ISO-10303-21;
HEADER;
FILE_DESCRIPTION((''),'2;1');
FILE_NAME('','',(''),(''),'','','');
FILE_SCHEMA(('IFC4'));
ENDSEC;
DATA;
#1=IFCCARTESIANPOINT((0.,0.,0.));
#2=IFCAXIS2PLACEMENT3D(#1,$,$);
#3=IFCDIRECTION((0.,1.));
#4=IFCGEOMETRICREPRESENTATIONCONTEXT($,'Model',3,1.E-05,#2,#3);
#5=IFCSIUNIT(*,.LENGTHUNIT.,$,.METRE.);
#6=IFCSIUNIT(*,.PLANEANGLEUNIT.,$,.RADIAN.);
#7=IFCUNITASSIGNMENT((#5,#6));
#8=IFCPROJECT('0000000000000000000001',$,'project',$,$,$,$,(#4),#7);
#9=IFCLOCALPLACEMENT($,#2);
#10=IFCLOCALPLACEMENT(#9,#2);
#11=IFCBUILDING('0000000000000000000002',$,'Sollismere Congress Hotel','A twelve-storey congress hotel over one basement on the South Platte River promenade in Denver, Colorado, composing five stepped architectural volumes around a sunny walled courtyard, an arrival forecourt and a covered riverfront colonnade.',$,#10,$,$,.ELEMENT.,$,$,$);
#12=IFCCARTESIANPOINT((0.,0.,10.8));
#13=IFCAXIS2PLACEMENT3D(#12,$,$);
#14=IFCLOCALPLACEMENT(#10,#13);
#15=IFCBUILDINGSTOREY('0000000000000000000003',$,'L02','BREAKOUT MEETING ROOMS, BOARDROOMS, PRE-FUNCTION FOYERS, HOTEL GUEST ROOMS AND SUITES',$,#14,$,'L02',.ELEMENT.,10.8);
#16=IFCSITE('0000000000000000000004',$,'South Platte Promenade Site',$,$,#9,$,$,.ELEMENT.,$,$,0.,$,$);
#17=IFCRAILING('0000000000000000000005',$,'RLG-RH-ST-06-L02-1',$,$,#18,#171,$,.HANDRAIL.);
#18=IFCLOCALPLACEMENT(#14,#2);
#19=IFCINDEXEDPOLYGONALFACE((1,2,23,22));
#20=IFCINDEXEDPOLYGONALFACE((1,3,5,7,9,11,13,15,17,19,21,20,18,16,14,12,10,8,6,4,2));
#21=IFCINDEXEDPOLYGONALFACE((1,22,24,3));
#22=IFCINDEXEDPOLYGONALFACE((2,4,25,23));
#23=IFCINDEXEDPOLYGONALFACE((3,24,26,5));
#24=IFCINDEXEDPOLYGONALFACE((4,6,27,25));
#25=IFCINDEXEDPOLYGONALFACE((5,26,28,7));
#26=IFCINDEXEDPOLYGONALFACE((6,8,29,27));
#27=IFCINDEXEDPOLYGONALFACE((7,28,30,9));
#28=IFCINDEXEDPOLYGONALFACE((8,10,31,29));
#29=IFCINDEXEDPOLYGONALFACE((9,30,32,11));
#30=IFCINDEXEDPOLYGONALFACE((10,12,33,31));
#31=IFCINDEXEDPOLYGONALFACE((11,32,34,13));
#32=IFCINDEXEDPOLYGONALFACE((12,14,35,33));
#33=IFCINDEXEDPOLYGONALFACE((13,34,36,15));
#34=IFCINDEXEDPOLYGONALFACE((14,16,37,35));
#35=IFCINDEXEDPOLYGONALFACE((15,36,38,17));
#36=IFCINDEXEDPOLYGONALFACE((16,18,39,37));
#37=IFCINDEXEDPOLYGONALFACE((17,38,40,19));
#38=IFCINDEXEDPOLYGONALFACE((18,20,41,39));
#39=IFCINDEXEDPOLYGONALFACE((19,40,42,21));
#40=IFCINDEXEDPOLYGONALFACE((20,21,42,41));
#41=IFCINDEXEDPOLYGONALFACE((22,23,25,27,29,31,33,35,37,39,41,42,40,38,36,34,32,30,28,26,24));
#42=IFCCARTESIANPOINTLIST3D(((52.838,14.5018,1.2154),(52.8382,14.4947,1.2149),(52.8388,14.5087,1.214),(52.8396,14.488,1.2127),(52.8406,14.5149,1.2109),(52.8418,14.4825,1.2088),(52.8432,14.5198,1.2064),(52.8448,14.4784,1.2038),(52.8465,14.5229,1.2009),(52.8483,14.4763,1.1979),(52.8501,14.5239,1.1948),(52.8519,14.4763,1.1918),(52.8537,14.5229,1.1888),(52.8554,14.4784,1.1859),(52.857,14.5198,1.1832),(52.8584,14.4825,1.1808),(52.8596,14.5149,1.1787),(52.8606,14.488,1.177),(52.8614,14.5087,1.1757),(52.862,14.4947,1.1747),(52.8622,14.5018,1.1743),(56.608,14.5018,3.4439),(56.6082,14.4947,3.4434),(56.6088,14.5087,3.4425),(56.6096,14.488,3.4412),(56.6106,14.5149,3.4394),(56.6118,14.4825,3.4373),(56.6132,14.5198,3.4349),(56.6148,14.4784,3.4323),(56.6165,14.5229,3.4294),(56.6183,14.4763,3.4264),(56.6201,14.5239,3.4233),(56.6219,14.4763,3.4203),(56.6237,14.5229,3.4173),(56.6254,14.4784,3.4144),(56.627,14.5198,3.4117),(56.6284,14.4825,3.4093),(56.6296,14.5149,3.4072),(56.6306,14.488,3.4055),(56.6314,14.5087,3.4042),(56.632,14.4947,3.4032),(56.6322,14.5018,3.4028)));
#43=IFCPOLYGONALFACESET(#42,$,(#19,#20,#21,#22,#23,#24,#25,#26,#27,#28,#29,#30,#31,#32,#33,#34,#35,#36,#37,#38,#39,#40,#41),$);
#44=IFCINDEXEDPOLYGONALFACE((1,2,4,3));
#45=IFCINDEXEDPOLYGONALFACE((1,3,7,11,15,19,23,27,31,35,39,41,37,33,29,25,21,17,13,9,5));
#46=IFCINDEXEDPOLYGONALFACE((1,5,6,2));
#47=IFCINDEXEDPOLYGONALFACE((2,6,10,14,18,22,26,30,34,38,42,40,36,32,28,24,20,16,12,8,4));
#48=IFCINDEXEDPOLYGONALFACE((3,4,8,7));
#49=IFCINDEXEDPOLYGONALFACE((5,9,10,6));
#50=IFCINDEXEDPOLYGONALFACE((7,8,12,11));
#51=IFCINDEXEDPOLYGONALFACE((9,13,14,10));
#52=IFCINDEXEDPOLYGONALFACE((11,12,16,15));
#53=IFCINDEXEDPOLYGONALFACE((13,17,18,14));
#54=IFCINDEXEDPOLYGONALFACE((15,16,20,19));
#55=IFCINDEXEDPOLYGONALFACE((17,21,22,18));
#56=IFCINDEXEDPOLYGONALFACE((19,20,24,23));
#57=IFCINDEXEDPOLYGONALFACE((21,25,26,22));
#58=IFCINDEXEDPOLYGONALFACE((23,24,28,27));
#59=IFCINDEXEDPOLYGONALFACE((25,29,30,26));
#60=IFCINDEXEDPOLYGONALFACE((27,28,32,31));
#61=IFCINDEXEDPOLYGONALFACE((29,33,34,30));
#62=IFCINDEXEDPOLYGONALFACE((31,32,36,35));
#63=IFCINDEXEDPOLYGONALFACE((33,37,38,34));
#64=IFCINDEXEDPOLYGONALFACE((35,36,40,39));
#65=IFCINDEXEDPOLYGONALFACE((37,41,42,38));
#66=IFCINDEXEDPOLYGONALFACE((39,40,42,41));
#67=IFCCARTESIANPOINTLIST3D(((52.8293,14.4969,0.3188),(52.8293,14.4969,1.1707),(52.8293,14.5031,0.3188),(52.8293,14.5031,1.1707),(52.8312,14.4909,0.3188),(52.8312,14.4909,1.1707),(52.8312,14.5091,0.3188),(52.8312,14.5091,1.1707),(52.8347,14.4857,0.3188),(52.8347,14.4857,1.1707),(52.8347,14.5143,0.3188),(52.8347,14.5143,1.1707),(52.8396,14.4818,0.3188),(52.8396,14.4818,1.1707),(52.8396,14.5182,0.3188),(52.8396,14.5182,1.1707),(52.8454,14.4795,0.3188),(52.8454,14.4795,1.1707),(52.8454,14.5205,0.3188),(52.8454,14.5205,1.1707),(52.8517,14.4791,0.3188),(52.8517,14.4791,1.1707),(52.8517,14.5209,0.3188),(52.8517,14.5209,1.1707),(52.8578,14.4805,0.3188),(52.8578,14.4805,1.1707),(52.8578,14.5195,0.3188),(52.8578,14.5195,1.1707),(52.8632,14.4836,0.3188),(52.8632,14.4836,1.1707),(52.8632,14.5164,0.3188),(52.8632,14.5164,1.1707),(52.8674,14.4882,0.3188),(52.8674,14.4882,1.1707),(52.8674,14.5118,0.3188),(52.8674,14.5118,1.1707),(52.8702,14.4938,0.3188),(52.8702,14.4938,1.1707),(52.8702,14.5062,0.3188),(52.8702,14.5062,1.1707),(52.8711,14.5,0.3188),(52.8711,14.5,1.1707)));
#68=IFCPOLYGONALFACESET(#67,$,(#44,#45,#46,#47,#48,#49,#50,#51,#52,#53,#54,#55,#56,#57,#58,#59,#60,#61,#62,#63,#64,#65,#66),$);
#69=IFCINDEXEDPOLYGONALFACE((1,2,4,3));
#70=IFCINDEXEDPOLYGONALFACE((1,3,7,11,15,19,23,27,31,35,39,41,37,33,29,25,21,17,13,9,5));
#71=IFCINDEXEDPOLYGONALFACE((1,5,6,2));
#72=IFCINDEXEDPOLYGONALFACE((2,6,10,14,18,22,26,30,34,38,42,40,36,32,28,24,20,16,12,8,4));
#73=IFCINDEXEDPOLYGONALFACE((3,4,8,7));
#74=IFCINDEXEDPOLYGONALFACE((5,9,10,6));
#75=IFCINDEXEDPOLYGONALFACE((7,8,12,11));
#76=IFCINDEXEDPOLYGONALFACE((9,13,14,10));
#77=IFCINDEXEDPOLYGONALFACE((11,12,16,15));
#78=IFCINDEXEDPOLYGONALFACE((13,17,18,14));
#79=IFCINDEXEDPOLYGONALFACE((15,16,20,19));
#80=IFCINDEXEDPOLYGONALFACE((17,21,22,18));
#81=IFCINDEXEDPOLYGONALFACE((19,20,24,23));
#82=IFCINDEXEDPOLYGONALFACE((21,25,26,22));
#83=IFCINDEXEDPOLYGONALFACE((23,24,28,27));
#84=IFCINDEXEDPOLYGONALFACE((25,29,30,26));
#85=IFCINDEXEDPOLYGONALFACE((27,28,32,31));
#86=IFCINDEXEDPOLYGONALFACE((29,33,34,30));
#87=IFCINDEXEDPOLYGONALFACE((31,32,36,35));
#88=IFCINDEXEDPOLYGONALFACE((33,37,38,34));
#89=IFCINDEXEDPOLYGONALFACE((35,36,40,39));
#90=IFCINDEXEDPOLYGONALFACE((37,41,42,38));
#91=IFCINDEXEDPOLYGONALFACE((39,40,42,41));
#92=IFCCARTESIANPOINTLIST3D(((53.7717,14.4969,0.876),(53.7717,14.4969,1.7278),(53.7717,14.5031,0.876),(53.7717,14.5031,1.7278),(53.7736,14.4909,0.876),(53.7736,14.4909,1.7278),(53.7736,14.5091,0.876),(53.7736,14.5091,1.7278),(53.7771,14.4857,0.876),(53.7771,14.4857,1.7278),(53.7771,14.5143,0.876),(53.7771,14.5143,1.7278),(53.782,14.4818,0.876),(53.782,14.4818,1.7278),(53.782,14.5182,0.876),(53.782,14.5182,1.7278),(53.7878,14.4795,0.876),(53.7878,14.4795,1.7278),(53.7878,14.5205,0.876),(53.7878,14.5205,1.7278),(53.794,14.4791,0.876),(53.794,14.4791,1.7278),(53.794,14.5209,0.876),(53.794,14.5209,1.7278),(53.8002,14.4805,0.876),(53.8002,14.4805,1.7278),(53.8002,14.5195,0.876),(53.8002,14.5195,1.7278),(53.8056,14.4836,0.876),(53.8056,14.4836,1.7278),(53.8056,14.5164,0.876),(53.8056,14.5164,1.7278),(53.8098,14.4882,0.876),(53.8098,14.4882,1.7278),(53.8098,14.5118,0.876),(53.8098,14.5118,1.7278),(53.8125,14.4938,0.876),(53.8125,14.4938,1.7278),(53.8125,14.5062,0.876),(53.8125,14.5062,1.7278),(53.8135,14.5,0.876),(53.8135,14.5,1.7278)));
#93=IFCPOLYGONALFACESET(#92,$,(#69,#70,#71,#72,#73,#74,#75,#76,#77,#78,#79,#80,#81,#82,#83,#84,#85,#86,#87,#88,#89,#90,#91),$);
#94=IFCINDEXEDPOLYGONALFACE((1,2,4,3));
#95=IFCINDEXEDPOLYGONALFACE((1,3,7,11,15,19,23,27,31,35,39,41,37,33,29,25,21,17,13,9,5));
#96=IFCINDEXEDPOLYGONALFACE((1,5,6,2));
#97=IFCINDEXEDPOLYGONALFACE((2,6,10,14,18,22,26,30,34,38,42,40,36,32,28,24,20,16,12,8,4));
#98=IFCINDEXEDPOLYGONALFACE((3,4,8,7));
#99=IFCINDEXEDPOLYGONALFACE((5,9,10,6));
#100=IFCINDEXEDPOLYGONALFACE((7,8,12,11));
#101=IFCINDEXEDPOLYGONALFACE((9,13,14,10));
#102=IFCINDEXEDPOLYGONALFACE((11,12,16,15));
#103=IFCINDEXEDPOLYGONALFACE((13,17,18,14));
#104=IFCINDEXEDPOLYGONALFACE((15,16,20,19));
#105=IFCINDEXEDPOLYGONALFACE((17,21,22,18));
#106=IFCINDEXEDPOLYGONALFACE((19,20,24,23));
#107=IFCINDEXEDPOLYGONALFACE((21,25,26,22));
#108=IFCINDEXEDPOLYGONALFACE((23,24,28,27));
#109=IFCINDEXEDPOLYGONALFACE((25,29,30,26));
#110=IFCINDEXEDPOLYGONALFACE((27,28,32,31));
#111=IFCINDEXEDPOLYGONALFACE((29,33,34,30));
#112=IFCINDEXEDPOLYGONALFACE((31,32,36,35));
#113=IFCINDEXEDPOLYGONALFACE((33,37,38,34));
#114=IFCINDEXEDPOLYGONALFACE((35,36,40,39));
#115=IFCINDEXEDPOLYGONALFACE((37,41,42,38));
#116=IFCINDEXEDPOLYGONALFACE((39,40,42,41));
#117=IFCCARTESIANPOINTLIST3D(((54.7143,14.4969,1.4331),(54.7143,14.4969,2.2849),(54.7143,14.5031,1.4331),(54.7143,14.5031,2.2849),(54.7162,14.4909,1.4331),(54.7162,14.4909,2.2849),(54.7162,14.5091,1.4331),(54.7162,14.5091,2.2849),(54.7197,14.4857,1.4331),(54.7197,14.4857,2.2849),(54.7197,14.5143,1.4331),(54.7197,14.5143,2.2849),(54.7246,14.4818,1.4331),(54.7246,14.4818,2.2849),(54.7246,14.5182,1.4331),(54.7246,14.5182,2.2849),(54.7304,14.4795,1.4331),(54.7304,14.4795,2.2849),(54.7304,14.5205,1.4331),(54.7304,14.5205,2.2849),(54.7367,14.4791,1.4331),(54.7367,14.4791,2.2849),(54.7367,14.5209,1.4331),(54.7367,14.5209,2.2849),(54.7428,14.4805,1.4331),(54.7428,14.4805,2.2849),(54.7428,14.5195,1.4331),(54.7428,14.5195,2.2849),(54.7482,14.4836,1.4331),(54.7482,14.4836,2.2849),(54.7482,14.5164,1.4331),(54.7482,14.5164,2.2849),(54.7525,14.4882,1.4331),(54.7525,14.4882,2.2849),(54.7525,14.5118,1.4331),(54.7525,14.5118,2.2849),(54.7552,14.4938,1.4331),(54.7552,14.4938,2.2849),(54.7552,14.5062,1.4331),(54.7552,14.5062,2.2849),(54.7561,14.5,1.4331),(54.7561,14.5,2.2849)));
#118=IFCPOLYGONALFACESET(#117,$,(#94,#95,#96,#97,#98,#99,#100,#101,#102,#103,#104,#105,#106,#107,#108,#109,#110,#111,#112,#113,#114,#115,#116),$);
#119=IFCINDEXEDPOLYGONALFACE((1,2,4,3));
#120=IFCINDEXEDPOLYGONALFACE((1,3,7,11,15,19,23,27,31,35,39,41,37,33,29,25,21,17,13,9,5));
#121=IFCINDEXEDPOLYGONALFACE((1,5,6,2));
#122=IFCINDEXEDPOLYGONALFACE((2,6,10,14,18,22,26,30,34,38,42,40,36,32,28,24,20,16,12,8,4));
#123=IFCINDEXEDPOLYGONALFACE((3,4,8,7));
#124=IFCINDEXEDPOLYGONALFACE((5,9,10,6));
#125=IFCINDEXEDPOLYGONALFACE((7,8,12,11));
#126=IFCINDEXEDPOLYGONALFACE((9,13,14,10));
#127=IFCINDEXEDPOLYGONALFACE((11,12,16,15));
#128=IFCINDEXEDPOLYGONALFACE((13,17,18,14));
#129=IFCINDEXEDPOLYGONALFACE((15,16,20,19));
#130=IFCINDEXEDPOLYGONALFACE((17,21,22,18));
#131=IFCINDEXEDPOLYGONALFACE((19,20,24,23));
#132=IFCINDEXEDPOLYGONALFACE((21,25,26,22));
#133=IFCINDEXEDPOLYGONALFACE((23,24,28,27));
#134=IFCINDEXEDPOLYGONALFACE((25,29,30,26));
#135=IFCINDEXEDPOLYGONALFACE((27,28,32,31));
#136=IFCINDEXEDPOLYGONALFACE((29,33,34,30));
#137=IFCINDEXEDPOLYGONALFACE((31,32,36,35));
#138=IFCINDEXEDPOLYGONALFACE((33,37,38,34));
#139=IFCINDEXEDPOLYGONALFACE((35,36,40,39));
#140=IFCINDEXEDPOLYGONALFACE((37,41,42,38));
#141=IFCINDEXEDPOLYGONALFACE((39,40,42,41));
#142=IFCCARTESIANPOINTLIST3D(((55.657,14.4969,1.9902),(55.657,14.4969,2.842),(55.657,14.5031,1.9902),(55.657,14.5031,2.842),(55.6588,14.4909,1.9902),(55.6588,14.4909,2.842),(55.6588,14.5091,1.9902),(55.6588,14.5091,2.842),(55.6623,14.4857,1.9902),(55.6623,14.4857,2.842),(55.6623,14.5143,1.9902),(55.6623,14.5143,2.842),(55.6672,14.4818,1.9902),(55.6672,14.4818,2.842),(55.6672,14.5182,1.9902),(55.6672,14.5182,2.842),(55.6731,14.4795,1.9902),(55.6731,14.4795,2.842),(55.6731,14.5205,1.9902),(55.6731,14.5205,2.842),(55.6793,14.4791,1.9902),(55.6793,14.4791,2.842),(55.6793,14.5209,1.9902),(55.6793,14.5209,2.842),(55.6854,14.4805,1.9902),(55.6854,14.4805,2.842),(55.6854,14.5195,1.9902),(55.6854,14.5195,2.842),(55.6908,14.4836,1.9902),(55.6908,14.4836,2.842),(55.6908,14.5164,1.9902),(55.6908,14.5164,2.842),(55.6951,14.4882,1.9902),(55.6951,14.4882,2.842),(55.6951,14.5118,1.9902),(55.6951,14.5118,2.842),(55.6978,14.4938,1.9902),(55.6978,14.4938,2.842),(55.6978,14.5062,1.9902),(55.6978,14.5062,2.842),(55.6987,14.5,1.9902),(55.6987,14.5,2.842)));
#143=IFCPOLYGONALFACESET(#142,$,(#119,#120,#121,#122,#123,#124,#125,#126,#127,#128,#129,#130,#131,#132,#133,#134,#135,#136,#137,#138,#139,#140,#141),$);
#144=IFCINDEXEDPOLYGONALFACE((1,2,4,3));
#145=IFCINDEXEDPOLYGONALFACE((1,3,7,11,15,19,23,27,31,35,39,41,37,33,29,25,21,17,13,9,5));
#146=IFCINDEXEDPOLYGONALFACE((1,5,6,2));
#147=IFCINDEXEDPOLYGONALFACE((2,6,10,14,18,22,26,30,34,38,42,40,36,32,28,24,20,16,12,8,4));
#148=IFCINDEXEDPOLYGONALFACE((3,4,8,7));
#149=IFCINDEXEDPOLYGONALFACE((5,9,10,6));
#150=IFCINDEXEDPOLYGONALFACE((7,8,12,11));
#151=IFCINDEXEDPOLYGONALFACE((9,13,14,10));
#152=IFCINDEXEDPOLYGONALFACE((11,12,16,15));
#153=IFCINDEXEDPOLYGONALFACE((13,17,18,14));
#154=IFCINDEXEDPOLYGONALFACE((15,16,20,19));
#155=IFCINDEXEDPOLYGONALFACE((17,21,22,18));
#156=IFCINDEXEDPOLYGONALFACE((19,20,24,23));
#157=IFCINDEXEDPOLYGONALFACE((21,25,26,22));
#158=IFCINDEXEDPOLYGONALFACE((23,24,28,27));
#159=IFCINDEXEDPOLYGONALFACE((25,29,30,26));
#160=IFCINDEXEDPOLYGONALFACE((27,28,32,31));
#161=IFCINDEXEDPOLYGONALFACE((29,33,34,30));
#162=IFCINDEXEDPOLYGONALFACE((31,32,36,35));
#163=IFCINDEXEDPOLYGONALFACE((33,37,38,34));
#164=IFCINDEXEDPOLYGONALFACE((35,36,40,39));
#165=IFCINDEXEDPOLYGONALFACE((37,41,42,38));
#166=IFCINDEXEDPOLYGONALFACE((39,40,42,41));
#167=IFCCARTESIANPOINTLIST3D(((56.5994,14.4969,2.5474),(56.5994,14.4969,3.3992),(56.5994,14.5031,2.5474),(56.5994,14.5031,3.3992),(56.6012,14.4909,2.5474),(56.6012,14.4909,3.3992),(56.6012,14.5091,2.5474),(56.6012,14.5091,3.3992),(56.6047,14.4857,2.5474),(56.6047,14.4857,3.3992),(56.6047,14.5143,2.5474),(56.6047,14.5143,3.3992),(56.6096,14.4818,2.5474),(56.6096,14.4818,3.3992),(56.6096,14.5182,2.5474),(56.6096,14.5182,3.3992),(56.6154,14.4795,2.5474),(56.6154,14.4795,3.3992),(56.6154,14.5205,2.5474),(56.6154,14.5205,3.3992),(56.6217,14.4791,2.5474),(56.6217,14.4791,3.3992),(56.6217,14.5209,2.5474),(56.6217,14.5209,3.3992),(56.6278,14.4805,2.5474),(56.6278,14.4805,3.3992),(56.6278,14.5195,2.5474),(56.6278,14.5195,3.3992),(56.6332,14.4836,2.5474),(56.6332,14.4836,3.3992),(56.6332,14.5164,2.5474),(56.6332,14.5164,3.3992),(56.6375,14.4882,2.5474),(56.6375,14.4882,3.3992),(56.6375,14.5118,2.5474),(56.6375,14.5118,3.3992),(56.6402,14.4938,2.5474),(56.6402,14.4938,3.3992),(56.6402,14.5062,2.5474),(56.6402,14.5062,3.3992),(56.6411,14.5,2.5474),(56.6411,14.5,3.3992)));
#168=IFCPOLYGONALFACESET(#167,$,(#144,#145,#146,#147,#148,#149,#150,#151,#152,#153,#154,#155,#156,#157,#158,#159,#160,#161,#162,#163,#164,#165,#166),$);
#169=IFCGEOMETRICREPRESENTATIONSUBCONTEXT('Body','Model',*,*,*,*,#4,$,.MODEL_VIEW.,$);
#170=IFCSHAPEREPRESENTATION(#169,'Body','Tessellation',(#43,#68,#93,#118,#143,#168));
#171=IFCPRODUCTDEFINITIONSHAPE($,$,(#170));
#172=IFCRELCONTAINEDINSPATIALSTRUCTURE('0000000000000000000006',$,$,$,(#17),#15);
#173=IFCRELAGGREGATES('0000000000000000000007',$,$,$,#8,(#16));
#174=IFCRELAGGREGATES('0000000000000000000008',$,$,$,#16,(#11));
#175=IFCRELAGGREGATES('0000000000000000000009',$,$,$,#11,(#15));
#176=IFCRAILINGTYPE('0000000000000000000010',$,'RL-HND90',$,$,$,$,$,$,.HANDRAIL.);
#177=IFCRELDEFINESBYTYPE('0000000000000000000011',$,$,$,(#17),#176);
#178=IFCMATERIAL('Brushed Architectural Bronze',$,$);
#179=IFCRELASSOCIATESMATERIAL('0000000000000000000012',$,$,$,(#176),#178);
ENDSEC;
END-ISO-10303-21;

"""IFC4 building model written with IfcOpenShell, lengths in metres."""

from ifc_helpers import new_model, si_unit, direction, frame, origin, origin_2d, place, context, subcontext, project, spatial, circle, extrude, material, type_object, element, save


model = new_model("IFC4")

# Units and contexts
model_context = context("Model", 3, precision=1e-05, world=origin(), true_north=direction((0.0, 1.0)))
body_context = subcontext(model_context, "Body", "Model", "MODEL_VIEW")
ifc_project = project(units=[si_unit("LENGTHUNIT", "METRE"), si_unit("PLANEANGLEUNIT", "RADIAN")], contexts=[model_context])

# Site, building, storey
site_placement = place(None, origin())
site = spatial("IfcSite", under=ifc_project, at=site_placement, Name="South Platte Promenade Site", CompositionType="ELEMENT", RefElevation=0.0)
building_placement = place(site_placement, origin())
building = spatial("IfcBuilding", under=site, at=building_placement, Name="Sollismere Congress Hotel", Description="A twelve-storey congress hotel over one basement on the South Platte River promenade in Denver, Colorado, composing five stepped architectural volumes around a sunny walled courtyard, an arrival forecourt and a covered riverfront colonnade.", CompositionType="ELEMENT")
storey_placement = place(building_placement, frame((0.0, 0.0, 10.8)))
storey = spatial("IfcBuildingStorey", under=building, at=storey_placement, Name="L02", Description="BREAKOUT MEETING ROOMS, BOARDROOMS, PRE-FUNCTION FOYERS, HOTEL GUEST ROOMS AND SUITES", LongName="L02", CompositionType="ELEMENT", Elevation=10.8)

# Railing
ifc_material_1 = material(Name="Brushed Architectural Bronze")
railing_type_1 = type_object("IfcRailingType", Name="RL-HND90", PredefinedType="HANDRAIL", material=ifc_material_1)
railing_1_placement = place(storey_placement, frame((52.8501, 14.5, 0.3188)))
element("IfcRailing", 1, at=railing_1_placement, inside=storey, type_object=railing_type_1, Name="RLG-RH-ST-06-L02-1", PredefinedType="HANDRAIL", context=body_context, shape_type="SweptSolid", body=[
    extrude(circle(Radius=0.0239, at=origin_2d()), frame((0.0, 0.0, 0.876), z_axis=(0.860849, 0.0, 0.508861), x_axis=(0.0, 1.0, 0.0)), (0.0, 0.0, 1.0), 4.3794),
    extrude(circle(Radius=0.021, at=origin_2d()), origin(), (0.0, 0.0, 1.0), 0.8518),
    extrude(circle(Radius=0.021, at=origin_2d()), frame((0.9424, 0.0, 0.5571)), (0.0, 0.0, 1.0), 0.8518),
    extrude(circle(Radius=0.021, at=origin_2d()), frame((1.885, 0.0, 1.1143)), (0.0, 0.0, 1.0), 0.8518),
    extrude(circle(Radius=0.021, at=origin_2d()), frame((2.8276, 0.0, 1.6714)), (0.0, 0.0, 1.0), 0.8518),
    extrude(circle(Radius=0.021, at=origin_2d()), frame((3.77, 0.0, 2.2285)), (0.0, 0.0, 1.0), 0.8518),
])

save(model, "model.ifc")
